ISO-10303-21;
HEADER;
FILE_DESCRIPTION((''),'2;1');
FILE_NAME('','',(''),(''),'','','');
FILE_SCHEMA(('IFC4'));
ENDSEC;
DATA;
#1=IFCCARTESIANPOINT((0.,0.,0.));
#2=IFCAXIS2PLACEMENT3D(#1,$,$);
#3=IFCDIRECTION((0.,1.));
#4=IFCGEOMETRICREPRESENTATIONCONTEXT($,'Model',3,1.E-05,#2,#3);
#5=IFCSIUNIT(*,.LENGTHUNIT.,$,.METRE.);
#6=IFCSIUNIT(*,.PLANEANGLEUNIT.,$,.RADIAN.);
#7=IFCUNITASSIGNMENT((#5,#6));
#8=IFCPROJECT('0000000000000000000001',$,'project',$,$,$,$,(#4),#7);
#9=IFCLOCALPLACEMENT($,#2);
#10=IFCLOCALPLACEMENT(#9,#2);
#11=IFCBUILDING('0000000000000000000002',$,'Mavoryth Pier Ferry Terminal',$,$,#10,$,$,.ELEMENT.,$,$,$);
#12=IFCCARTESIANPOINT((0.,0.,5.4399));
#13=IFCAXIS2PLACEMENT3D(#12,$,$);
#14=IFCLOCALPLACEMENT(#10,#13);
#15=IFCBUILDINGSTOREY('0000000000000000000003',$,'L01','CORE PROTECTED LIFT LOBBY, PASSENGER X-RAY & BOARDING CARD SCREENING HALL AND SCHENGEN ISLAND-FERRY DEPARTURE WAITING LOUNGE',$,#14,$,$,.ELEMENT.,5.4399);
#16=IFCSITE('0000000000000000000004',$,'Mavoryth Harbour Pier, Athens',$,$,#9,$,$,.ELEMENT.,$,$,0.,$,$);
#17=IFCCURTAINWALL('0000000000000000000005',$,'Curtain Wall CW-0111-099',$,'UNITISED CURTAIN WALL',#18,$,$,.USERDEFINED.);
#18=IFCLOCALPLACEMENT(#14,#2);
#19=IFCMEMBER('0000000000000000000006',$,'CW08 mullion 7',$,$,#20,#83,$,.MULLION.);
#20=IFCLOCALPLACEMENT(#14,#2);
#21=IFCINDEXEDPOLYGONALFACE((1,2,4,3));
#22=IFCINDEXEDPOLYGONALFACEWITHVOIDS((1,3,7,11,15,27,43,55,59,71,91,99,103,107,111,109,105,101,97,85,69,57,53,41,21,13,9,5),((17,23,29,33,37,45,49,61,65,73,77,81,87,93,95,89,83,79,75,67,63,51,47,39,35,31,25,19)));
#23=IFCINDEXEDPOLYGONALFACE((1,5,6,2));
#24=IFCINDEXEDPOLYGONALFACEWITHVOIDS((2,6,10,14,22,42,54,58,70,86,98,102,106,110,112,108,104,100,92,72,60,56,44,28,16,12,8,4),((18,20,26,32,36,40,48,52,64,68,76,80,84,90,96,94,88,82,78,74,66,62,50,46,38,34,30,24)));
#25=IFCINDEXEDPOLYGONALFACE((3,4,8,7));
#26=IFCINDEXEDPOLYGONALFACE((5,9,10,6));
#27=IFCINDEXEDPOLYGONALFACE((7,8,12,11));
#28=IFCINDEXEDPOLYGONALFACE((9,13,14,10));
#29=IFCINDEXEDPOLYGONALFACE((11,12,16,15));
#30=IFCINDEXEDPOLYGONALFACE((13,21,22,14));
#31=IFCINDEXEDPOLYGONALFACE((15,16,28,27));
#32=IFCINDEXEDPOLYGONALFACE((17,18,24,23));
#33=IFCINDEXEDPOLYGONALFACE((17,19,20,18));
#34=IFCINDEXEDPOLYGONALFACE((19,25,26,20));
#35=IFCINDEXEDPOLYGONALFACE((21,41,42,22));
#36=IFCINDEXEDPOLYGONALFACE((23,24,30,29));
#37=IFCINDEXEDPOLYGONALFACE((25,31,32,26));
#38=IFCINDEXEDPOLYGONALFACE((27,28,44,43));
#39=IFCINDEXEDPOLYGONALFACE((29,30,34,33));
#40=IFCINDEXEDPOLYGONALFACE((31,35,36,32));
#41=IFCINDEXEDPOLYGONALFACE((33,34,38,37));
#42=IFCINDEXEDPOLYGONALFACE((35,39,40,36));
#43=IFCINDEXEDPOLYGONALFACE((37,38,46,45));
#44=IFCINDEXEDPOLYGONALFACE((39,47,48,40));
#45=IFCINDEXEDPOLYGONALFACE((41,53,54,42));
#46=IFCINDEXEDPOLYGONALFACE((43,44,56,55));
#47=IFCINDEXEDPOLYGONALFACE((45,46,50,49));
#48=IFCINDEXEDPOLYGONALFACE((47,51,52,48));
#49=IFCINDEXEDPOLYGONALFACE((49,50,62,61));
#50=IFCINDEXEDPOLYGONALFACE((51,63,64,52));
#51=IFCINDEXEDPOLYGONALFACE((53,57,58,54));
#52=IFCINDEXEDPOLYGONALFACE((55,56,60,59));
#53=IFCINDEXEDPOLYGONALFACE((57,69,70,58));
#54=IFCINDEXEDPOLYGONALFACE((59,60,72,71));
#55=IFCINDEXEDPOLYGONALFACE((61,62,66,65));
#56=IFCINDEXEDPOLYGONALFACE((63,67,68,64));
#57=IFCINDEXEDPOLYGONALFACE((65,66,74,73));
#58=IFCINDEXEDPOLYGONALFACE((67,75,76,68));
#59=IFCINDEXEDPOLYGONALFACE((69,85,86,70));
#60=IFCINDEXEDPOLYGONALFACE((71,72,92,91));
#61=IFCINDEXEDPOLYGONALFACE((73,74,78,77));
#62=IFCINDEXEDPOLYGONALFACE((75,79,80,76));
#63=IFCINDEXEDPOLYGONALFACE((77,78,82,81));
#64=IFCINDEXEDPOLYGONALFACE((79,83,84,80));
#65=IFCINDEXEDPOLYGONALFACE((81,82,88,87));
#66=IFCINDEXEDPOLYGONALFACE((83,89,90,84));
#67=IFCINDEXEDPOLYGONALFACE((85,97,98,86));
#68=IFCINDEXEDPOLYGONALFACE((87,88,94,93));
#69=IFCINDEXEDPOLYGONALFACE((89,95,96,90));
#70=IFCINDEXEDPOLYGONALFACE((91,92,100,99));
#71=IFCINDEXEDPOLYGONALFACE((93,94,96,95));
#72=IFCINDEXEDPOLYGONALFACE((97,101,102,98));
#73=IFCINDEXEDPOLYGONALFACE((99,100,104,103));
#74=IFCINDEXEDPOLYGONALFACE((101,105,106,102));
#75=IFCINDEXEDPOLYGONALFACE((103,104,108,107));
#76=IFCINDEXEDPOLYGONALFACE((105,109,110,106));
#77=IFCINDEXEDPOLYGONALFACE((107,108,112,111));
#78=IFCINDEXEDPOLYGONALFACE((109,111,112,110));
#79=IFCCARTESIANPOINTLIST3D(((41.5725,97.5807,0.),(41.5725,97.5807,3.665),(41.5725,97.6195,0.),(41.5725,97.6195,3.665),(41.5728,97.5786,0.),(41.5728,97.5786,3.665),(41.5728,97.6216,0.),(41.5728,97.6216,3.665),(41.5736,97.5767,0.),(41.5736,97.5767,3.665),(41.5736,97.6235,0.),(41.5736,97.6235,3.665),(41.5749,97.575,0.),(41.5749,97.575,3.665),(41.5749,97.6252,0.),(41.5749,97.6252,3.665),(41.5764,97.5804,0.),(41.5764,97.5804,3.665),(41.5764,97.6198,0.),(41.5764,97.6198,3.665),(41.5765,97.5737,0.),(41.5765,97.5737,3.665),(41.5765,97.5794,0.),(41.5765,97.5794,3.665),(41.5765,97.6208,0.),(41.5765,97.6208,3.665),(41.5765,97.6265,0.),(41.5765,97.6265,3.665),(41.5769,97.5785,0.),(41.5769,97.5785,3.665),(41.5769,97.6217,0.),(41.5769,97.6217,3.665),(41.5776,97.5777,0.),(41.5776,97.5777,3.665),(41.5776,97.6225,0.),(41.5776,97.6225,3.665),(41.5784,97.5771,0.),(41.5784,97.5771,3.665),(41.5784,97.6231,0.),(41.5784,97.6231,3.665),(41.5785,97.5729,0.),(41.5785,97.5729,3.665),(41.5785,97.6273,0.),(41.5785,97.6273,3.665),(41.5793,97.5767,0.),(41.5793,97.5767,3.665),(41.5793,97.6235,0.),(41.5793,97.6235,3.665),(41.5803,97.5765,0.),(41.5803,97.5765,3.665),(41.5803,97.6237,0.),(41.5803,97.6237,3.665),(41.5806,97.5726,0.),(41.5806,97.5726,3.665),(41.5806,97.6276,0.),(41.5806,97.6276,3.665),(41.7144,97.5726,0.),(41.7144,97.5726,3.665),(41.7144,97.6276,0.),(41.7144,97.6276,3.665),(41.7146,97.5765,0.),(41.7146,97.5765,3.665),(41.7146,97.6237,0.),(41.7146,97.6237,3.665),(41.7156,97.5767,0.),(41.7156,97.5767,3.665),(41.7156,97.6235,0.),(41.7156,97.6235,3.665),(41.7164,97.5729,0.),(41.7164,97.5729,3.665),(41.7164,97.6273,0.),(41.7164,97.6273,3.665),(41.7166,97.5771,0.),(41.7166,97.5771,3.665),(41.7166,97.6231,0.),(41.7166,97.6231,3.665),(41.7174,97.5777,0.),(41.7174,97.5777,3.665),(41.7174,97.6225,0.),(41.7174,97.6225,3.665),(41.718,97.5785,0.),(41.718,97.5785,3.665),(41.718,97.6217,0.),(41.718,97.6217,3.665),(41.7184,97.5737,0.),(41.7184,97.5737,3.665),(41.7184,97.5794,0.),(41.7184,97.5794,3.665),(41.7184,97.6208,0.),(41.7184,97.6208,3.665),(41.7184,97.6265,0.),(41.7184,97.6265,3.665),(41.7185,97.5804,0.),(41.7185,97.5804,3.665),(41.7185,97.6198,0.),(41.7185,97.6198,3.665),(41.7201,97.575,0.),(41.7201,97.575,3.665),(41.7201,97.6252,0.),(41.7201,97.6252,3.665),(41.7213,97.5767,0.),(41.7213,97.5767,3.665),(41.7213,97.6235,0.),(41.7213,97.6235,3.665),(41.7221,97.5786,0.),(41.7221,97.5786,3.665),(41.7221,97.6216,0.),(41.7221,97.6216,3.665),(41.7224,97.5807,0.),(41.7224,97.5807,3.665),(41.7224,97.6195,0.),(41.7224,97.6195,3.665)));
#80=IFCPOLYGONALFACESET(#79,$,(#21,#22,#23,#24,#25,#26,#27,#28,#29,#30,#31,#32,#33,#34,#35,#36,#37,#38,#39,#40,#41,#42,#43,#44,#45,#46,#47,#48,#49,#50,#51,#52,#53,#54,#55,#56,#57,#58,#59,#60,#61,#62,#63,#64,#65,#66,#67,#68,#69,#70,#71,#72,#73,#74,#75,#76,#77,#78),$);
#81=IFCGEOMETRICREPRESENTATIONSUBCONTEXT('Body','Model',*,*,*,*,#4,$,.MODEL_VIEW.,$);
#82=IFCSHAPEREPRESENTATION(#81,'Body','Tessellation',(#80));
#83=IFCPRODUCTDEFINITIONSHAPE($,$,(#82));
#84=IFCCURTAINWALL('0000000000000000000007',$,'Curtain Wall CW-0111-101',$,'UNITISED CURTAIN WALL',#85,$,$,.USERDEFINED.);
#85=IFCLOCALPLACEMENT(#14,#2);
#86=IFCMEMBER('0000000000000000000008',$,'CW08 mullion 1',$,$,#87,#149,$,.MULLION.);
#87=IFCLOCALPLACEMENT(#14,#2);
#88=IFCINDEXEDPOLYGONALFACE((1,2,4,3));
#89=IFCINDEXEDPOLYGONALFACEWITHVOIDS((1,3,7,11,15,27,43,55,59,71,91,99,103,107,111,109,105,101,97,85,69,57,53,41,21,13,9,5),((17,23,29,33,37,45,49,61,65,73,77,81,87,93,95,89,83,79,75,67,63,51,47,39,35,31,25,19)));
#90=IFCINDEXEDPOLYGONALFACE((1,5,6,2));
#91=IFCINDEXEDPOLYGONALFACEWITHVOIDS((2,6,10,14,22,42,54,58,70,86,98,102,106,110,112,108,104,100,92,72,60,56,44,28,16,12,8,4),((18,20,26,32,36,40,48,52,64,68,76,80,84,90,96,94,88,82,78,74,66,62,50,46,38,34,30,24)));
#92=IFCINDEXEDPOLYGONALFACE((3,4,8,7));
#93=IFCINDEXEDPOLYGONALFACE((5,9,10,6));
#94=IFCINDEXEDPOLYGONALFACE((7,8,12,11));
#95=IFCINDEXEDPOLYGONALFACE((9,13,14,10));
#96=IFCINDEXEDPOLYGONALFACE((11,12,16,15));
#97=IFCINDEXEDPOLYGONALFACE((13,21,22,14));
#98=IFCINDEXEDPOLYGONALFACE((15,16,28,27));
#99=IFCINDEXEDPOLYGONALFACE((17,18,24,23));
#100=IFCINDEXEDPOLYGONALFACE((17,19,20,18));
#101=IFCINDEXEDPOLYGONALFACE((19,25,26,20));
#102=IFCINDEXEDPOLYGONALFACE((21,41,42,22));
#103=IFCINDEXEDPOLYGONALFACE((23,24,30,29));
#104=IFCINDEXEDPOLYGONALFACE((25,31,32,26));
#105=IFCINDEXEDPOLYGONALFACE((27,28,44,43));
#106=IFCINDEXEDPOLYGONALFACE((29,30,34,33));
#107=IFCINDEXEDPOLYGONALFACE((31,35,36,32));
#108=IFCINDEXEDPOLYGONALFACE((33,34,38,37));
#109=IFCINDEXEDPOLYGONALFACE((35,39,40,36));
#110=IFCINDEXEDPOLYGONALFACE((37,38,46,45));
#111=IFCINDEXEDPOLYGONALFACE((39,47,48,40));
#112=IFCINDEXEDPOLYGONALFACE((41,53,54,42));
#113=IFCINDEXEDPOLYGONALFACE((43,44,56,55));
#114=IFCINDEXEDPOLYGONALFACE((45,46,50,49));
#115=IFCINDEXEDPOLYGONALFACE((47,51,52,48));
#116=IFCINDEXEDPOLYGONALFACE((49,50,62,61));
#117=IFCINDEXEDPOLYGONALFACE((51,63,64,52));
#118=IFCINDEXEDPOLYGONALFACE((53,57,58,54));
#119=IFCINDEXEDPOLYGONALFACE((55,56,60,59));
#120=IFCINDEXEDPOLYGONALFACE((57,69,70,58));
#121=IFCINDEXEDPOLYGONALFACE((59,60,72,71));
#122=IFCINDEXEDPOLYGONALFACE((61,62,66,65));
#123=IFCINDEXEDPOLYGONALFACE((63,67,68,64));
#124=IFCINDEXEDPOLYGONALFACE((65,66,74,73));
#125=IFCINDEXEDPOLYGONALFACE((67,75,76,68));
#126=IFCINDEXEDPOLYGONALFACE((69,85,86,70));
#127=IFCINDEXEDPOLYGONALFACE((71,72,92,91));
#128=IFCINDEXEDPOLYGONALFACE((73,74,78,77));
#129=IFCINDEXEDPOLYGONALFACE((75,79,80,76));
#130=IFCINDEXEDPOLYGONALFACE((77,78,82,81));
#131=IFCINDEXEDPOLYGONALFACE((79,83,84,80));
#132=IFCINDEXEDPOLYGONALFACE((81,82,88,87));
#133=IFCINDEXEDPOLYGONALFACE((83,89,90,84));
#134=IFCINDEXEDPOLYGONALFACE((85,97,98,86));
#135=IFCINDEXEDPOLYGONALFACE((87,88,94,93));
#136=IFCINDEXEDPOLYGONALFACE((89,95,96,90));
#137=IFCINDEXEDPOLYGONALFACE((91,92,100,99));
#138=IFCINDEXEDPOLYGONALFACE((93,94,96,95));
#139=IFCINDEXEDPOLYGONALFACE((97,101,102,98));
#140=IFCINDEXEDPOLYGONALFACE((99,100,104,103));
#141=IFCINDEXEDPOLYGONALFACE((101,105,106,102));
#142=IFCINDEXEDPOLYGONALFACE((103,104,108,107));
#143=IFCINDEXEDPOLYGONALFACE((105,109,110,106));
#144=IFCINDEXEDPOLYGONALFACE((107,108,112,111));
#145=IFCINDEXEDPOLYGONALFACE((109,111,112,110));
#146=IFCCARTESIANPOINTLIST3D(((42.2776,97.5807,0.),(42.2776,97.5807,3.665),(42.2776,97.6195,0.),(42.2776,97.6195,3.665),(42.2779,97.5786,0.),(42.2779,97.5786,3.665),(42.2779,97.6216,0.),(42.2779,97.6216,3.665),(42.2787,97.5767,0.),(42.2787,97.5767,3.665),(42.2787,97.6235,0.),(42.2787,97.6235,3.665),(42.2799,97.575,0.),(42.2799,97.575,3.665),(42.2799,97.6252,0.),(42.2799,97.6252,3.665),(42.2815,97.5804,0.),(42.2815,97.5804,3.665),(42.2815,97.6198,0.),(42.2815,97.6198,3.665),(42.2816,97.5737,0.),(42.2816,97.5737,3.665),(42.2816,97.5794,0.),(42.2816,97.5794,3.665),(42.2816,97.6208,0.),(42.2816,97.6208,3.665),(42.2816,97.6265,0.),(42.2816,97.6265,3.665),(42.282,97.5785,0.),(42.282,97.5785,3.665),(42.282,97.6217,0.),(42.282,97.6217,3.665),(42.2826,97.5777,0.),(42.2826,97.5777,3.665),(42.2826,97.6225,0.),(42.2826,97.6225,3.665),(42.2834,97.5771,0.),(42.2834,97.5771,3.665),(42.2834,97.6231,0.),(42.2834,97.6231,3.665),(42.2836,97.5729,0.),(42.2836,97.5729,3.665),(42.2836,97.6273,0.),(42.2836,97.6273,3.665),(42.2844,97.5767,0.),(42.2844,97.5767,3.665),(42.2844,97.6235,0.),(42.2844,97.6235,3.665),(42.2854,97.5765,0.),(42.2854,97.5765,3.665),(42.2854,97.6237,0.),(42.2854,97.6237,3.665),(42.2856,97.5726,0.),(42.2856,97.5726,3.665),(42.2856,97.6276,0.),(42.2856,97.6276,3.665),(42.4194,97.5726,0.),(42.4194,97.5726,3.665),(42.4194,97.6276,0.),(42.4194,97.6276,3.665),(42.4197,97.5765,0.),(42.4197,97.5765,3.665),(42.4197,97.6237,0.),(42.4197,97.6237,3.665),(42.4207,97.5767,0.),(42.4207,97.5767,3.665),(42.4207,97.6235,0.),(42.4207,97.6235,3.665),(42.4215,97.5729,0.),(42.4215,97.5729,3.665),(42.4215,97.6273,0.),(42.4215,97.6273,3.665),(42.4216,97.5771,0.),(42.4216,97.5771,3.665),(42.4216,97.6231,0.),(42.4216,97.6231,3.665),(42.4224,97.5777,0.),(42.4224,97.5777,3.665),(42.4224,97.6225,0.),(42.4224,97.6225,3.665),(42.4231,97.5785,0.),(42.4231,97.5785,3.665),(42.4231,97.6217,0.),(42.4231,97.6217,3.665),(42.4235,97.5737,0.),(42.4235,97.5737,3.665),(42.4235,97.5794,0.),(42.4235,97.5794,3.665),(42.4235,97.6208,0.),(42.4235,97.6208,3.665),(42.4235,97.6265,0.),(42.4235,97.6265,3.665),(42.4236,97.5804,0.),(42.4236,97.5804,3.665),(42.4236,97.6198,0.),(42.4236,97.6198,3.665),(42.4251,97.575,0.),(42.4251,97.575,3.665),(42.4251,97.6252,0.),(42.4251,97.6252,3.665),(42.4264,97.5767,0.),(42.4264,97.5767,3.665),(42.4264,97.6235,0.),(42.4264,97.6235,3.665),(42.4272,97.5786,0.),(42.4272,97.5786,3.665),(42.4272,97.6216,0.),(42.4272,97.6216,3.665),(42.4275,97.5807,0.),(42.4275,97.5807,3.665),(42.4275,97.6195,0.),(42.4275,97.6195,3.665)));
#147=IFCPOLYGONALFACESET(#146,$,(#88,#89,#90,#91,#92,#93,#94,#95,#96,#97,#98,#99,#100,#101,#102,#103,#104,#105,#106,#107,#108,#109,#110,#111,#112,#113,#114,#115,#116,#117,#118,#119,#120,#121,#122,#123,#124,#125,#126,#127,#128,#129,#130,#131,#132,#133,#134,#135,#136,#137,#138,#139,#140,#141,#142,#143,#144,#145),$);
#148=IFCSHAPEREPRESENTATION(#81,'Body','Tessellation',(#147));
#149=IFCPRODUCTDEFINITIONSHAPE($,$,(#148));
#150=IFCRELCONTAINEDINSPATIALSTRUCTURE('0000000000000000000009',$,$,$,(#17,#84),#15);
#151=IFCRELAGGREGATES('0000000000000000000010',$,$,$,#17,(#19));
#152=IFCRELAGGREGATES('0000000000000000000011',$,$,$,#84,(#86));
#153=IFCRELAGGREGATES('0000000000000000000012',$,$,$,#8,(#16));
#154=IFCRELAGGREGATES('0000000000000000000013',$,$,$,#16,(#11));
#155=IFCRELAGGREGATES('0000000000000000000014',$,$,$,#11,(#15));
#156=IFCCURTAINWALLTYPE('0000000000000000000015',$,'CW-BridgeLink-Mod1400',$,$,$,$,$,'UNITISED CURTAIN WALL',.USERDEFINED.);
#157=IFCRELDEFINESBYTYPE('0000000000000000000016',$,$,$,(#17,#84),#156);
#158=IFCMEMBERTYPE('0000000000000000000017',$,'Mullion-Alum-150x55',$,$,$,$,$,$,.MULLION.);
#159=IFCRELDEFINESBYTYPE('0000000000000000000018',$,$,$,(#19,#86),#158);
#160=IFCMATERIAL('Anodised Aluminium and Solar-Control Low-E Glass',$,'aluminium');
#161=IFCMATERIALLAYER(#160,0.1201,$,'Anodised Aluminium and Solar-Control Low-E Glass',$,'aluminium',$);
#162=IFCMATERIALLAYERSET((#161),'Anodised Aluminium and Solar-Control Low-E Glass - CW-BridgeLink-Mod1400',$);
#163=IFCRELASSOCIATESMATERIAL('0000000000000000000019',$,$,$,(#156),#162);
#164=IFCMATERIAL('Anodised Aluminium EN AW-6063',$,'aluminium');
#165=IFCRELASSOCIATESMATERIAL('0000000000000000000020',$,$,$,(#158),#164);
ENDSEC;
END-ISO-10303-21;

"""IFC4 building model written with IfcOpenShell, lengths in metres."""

from ifc_helpers import new_model, si_unit, direction, frame, origin, origin_2d, place, context, subcontext, project, spatial, hollow_rectangle, extrude, material, layer, layer_set, material_profile, profile_set, type_object, element, aggregate, save


model = new_model("IFC4")

# Units and contexts
model_context = context("Model", 3, precision=1e-05, world=origin(), true_north=direction((0.0, 1.0)))
body_context = subcontext(model_context, "Body", "Model", "MODEL_VIEW")
ifc_project = project(units=[si_unit("LENGTHUNIT", "METRE"), si_unit("PLANEANGLEUNIT", "RADIAN")], contexts=[model_context])

# Site, building, storey
site_placement = place(None, origin())
site = spatial("IfcSite", under=ifc_project, at=site_placement, Name="Mavoryth Harbour Pier, Athens", CompositionType="ELEMENT", RefElevation=0.0)
building_placement = place(site_placement, origin())
building = spatial("IfcBuilding", under=site, at=building_placement, Name="Mavoryth Pier Ferry Terminal", CompositionType="ELEMENT")
storey_placement = place(building_placement, frame((0.0, 0.0, 5.4399)))
storey = spatial("IfcBuildingStorey", under=building, at=storey_placement, Name="L01", Description="CORE PROTECTED LIFT LOBBY, PASSENGER X-RAY & BOARDING CARD SCREENING HALL AND SCHENGEN ISLAND-FERRY DEPARTURE WAITING LOUNGE", CompositionType="ELEMENT", Elevation=5.4399)

# Curtain walls, members
ifc_material_1 = material(Name="Anodised Aluminium and Solar-Control Low-E Glass", Category="aluminium")
ifc_layer_1 = layer(ifc_material_1, 0.1201, Name="Anodised Aluminium and Solar-Control Low-E Glass", Category="aluminium")
ifc_layer_set_1 = layer_set([ifc_layer_1], Name="Anodised Aluminium and Solar-Control Low-E Glass - CW-BridgeLink-Mod1400")
curtain_wall_type = type_object("IfcCurtainWallType", Name="CW-BridgeLink-Mod1400", ElementType="UNITISED CURTAIN WALL", PredefinedType="USERDEFINED", material=ifc_layer_set_1)
curtain_wall_1_placement = place(storey_placement, origin())
curtain_wall_1 = element("IfcCurtainWall", 1, at=curtain_wall_1_placement, inside=storey, type_object=curtain_wall_type, Name="Curtain Wall CW-0111-099", ObjectType="UNITISED CURTAIN WALL", PredefinedType="USERDEFINED")
ifc_material_2 = material(Name="Anodised Aluminium EN AW-6063", Category="aluminium")
ifc_material_profile_1 = material_profile(ifc_material_2, hollow_rectangle(XDim=0.0549, YDim=0.1499, WallThickness=0.0039, InnerFilletRadius=0.0039, OuterFilletRadius=0.0081, at=origin_2d()), Name="AL-MULL 150x55x4", Category="aluminium")
ifc_profile_set_1 = profile_set([ifc_material_profile_1], Name="Anodised Aluminium EN AW-6063 - AL-MULL 150x55x4")
member_type_1 = type_object("IfcMemberType", Name="Mullion-Alum-150x55", PredefinedType="MULLION", material=ifc_profile_set_1)
member_1_placement = place(storey_placement, frame((41.6475, 97.6001, 0.0), z_axis=(0.0, 0.0, 1.0), x_axis=(0.0, 1.0, 0.0)))
member_1 = element("IfcMember", 2, at=member_1_placement, type_object=member_type_1, Name="CW08 mullion 7", PredefinedType="MULLION", context=body_context, shape_type="SweptSolid", body=[
    extrude(hollow_rectangle(XDim=0.0549, YDim=0.1499, WallThickness=0.0039, InnerFilletRadius=0.0039, OuterFilletRadius=0.0081, at=origin_2d()), origin(), (0.0, 0.0, 1.0), 3.665),
])
curtain_wall_2_placement = place(storey_placement, origin())
curtain_wall_2 = element("IfcCurtainWall", 3, at=curtain_wall_2_placement, inside=storey, type_object=curtain_wall_type, Name="Curtain Wall CW-0111-101", ObjectType="UNITISED CURTAIN WALL", PredefinedType="USERDEFINED")
member_2_placement = place(storey_placement, frame((42.3525, 97.6001, 0.0), z_axis=(0.0, 0.0, 1.0), x_axis=(0.0, 1.0, 0.0)))
member_2 = element("IfcMember", 4, at=member_2_placement, type_object=member_type_1, Name="CW08 mullion 1", PredefinedType="MULLION", context=body_context, shape_type="SweptSolid", body=[
    extrude(hollow_rectangle(XDim=0.0549, YDim=0.1499, WallThickness=0.0039, InnerFilletRadius=0.0039, OuterFilletRadius=0.0081, at=origin_2d()), origin(), (0.0, 0.0, 1.0), 3.665),
])

aggregate(curtain_wall_1, [member_1])
aggregate(curtain_wall_2, [member_2])

save(model, "model.ifc")
